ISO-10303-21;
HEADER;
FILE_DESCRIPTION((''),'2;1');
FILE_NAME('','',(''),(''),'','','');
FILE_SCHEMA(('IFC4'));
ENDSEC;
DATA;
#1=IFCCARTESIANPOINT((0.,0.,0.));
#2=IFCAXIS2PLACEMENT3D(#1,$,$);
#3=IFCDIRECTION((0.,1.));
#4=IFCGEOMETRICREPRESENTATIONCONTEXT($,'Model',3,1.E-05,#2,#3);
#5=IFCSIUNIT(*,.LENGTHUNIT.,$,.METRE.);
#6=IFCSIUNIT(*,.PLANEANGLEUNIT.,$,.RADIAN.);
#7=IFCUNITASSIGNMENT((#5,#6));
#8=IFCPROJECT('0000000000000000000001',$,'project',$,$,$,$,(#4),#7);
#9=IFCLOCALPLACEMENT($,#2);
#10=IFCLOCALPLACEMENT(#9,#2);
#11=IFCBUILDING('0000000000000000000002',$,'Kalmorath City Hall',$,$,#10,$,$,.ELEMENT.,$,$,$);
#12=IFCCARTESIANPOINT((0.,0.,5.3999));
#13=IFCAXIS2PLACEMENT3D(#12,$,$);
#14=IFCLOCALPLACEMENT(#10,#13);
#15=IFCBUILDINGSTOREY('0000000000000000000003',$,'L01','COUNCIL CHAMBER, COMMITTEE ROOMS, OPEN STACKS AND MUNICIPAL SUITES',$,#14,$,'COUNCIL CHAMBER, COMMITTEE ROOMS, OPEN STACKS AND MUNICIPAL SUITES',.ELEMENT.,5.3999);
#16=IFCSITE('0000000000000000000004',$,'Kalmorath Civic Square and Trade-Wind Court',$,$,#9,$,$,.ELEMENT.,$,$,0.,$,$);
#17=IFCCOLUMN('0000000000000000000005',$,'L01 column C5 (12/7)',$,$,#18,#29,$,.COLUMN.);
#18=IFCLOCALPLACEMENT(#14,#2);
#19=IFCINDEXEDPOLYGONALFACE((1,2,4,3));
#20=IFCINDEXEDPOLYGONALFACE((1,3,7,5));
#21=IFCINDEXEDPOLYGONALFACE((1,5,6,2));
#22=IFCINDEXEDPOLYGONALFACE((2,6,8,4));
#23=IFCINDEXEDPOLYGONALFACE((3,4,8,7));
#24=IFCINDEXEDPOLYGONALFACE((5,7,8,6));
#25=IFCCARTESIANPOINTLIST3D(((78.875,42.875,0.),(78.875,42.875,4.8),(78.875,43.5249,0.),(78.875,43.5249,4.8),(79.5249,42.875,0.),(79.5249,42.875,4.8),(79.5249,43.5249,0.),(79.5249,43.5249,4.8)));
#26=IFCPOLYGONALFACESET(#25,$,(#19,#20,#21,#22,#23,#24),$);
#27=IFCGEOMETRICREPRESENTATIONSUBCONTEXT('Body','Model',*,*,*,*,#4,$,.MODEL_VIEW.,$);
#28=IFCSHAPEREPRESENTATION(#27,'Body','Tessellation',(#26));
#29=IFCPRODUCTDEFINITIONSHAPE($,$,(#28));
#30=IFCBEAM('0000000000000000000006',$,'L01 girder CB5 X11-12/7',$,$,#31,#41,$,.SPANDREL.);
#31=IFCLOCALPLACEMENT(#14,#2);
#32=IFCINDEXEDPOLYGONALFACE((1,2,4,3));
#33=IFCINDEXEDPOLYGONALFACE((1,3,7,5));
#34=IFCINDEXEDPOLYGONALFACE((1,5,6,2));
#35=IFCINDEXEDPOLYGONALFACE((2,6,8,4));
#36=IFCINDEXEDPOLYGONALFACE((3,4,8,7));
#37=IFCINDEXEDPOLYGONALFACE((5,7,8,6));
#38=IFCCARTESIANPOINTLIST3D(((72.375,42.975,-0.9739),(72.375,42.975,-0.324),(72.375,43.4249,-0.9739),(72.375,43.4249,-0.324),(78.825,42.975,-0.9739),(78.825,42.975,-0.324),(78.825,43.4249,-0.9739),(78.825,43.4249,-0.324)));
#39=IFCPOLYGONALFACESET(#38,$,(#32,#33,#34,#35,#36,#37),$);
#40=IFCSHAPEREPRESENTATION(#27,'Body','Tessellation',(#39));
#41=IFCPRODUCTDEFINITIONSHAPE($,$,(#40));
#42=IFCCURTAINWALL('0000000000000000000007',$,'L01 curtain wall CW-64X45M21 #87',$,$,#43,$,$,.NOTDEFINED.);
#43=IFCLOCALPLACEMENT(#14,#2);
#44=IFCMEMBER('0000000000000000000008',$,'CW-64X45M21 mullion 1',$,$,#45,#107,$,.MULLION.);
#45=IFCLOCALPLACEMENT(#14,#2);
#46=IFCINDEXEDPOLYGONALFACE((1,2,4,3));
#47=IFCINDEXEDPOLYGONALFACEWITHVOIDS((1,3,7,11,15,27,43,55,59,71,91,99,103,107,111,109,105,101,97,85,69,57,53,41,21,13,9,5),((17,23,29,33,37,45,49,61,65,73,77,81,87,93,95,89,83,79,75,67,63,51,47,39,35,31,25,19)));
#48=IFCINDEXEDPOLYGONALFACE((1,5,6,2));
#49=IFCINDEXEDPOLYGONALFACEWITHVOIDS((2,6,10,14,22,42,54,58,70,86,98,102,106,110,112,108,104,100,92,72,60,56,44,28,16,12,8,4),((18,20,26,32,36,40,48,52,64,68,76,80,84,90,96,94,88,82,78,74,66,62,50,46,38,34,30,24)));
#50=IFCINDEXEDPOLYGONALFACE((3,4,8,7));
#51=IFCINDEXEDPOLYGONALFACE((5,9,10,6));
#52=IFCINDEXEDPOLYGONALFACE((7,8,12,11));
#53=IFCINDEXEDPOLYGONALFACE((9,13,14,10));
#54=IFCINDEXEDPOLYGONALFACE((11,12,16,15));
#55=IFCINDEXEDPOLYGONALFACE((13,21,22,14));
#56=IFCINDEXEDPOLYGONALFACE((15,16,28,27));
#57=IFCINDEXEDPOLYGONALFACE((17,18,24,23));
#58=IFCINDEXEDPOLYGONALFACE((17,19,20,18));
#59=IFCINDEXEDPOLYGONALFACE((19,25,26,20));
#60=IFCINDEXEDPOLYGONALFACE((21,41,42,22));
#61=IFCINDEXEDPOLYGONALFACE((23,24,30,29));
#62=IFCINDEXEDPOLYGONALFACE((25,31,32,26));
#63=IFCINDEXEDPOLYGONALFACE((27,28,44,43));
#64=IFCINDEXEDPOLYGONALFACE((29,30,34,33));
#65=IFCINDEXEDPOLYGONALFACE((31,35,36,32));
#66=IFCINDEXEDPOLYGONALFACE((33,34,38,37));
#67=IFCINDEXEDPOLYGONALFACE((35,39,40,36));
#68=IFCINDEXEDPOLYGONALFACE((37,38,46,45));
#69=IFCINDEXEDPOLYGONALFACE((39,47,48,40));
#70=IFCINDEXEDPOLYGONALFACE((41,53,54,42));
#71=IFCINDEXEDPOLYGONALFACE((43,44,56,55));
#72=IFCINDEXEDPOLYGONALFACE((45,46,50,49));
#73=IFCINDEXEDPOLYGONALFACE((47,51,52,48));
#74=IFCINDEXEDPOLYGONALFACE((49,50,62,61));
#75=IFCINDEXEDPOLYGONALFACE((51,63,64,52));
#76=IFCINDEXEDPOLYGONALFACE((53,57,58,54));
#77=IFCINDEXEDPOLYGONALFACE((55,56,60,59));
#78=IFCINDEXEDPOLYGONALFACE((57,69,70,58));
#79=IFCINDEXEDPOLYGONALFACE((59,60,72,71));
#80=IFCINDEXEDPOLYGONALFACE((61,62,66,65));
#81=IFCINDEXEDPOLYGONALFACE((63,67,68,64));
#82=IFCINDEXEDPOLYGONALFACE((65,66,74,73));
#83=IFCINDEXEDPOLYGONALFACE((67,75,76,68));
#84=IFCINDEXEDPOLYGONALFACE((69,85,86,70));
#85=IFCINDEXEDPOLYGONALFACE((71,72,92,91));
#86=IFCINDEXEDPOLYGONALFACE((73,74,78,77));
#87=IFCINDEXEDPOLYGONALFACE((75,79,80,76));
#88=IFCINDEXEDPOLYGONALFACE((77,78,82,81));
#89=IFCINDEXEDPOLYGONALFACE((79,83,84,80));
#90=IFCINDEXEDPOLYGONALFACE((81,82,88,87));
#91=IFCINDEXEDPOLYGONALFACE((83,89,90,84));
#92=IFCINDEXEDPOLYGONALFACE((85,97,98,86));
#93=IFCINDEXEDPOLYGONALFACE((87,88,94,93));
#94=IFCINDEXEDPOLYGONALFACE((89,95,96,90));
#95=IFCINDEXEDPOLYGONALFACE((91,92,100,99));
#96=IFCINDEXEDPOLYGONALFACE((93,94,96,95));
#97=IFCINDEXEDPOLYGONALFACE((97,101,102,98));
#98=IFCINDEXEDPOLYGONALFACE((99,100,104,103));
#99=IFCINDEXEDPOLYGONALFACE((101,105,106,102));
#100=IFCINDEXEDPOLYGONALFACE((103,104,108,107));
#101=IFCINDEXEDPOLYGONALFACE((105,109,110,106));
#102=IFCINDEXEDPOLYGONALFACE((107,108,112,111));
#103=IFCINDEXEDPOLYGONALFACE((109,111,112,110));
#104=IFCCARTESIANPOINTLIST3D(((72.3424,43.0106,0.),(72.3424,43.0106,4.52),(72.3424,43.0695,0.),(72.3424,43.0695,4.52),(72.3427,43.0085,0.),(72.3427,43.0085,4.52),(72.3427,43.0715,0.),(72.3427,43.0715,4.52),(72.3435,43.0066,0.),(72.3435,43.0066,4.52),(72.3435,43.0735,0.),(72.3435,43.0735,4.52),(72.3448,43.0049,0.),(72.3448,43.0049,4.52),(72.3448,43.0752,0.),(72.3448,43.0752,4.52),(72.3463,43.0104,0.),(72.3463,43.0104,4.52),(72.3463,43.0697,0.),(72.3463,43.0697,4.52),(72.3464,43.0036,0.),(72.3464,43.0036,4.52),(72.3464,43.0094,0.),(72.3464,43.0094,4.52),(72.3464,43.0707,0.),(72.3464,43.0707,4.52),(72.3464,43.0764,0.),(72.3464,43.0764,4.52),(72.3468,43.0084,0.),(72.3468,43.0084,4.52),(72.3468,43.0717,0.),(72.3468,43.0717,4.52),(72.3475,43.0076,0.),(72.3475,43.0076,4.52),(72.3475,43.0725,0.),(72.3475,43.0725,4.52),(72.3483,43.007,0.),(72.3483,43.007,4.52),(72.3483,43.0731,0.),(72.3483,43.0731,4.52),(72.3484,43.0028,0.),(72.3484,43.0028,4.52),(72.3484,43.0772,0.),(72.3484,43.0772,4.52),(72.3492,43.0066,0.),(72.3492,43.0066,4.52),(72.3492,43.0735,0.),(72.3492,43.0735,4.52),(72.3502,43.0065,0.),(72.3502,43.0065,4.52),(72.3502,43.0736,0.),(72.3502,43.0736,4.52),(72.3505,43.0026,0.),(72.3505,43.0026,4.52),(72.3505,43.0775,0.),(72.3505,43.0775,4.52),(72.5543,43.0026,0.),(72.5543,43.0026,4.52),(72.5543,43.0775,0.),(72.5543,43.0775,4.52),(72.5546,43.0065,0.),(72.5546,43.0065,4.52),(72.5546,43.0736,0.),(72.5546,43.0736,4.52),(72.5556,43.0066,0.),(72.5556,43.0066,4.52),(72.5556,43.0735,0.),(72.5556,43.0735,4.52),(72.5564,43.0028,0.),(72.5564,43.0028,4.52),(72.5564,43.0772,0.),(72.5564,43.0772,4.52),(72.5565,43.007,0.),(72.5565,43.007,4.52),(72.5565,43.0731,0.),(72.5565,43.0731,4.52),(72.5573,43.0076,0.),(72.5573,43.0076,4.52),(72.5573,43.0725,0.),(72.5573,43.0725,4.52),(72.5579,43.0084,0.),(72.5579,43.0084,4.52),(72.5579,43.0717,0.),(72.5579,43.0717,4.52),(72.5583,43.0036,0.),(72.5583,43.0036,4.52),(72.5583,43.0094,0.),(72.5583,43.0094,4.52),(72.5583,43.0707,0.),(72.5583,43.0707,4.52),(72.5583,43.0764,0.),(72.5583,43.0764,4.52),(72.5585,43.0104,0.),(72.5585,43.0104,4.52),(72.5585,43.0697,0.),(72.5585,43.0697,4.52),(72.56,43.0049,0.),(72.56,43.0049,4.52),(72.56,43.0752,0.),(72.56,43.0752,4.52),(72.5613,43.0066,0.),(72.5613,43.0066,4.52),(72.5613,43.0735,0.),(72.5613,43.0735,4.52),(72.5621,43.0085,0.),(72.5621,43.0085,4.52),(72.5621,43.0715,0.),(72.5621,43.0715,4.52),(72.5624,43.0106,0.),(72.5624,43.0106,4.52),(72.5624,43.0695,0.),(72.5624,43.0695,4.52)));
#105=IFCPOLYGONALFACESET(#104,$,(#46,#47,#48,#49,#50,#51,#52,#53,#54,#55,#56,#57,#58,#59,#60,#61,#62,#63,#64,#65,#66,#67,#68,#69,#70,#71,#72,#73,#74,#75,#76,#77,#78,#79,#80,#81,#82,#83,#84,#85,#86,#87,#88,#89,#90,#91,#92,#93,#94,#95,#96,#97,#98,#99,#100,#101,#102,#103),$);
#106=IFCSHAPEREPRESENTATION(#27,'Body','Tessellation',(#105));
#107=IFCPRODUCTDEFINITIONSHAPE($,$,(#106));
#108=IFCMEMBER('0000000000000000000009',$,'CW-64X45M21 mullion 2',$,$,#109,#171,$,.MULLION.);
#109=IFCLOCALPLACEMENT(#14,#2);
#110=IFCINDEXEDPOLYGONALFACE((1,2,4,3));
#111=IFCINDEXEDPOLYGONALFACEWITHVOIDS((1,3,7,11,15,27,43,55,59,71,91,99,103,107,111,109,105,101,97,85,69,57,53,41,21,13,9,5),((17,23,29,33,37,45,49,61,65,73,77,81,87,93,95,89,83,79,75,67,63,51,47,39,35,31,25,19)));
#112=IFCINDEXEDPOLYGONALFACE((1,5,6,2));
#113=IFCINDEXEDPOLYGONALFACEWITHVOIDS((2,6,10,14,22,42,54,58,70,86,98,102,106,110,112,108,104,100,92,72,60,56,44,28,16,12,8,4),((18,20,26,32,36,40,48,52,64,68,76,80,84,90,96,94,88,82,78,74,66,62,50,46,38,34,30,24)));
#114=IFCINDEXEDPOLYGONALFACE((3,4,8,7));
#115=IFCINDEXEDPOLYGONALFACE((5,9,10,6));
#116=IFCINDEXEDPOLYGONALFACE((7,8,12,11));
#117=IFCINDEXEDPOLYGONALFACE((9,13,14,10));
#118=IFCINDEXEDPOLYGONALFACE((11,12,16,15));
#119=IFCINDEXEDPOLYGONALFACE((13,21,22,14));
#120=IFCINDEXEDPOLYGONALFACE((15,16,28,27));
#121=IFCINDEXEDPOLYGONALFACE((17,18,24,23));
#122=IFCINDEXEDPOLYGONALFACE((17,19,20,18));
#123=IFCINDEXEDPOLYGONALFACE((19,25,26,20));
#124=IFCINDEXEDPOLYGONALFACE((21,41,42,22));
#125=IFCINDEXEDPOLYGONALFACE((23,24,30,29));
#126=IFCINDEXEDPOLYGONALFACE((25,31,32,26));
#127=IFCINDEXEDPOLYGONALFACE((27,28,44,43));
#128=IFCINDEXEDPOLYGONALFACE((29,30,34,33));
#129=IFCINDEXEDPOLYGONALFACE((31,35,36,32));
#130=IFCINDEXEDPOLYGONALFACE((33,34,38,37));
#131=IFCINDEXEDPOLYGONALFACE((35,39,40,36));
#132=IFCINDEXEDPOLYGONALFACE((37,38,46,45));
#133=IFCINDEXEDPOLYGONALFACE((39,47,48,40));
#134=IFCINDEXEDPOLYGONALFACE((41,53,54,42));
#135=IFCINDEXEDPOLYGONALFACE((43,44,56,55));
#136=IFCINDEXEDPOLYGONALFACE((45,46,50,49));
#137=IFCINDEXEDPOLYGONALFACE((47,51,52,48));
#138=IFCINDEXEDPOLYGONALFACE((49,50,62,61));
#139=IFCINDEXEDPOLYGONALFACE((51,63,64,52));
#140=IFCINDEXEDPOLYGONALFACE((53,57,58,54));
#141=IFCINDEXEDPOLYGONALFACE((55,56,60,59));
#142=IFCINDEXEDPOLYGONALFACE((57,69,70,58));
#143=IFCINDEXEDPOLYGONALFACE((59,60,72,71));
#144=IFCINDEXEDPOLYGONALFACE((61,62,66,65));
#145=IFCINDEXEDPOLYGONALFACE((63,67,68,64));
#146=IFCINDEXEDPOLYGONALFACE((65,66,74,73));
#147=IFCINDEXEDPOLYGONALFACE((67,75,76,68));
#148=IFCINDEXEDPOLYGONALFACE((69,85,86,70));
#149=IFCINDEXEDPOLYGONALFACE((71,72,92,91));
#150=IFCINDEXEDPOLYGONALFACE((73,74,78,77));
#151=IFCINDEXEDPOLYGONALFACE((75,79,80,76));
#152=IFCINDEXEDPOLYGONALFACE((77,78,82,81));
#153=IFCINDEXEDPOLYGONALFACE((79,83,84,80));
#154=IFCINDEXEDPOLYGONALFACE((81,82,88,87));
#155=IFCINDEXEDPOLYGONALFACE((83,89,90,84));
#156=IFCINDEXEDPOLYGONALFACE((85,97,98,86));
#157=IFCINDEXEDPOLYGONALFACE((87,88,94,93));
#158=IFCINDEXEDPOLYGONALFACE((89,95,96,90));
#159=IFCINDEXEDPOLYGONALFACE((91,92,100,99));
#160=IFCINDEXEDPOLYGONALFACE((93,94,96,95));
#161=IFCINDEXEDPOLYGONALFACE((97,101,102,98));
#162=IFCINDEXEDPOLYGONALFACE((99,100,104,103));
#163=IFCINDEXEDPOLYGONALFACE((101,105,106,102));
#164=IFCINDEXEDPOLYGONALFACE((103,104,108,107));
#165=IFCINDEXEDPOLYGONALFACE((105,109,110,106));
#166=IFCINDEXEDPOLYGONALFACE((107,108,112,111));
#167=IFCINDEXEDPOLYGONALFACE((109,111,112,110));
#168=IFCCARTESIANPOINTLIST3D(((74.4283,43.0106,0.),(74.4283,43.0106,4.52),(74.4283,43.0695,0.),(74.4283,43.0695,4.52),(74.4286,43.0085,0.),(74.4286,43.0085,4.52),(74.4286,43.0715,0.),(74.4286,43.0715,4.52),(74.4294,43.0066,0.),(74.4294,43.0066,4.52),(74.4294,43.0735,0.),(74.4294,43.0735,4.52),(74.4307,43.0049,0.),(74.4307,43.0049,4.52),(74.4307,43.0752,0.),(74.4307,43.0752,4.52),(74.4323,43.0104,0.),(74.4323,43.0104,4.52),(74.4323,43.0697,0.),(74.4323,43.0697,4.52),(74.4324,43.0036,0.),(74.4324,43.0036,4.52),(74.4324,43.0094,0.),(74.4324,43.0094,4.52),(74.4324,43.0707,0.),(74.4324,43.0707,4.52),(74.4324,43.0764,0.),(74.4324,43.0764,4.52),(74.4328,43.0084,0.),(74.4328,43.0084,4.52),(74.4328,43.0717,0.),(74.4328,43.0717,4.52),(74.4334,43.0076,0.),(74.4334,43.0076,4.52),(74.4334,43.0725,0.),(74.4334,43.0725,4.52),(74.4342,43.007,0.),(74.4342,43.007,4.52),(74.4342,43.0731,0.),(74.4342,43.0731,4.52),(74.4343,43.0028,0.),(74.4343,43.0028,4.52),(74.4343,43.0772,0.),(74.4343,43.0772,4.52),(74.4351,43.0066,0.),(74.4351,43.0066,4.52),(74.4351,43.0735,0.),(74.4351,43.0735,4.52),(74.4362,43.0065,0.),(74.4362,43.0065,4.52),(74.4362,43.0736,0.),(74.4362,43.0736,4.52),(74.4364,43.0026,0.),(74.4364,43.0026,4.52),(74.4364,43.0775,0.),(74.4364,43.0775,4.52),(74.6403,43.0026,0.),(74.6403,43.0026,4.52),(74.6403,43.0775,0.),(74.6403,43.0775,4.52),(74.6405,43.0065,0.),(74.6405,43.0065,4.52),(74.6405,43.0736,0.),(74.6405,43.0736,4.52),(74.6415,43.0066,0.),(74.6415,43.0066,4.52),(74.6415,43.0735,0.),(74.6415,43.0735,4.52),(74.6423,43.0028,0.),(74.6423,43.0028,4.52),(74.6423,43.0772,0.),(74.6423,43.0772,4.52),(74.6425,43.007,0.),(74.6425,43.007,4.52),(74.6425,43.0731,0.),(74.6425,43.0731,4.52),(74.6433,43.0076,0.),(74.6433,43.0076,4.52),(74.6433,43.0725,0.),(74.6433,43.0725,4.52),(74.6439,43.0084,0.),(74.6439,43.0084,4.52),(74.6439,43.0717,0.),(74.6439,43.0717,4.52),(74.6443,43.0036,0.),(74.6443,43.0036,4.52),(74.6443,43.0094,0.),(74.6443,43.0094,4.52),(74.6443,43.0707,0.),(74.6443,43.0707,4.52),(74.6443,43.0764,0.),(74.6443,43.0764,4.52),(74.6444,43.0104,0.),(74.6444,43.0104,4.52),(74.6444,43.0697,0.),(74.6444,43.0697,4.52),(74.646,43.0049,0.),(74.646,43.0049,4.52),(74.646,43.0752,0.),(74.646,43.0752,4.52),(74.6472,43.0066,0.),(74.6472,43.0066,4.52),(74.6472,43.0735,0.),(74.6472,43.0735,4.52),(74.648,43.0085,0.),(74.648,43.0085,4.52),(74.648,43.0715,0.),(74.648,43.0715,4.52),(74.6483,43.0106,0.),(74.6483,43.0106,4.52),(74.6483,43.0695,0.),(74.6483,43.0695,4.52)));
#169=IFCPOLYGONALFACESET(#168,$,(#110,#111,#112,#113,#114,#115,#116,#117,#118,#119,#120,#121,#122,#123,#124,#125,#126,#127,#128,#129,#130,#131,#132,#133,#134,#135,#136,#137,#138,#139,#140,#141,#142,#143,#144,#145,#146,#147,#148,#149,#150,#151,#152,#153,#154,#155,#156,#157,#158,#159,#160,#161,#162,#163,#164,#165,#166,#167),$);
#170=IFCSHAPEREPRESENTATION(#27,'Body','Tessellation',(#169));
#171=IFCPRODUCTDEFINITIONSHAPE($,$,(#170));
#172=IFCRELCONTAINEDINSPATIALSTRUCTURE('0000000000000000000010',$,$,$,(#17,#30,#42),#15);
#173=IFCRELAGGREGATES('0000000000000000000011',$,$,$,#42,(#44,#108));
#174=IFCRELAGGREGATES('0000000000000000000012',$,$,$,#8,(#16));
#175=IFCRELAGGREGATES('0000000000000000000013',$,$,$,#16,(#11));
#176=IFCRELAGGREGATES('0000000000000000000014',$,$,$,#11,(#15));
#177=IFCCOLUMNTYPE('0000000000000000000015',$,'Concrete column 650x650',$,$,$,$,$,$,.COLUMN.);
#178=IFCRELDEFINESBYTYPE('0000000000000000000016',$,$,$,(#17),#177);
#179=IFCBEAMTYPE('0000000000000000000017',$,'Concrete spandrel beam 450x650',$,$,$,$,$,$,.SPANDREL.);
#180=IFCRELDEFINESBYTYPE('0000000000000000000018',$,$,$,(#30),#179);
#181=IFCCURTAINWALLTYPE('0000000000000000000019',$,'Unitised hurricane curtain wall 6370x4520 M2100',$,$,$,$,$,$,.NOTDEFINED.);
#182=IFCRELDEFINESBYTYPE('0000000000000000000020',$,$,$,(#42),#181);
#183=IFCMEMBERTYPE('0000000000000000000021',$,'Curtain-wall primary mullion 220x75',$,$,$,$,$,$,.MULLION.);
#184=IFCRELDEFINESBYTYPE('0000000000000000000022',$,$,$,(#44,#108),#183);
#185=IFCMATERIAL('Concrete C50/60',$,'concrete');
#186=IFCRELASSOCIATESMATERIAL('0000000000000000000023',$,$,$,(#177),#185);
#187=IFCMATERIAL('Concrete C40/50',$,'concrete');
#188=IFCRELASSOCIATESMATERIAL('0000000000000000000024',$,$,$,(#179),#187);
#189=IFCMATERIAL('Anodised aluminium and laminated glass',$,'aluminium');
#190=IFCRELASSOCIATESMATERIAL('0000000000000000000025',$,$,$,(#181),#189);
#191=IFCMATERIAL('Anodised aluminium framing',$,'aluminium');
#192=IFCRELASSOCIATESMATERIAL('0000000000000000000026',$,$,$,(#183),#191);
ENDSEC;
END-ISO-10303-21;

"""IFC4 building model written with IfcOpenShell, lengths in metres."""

from ifc_helpers import new_model, si_unit, direction, frame, origin, origin_2d, place, context, subcontext, project, spatial, rectangle, hollow_rectangle, extrude, material, material_profile, profile_set, type_object, element, aggregate, save


model = new_model("IFC4")

# Units and contexts
model_context = context("Model", 3, precision=1e-05, world=origin(), true_north=direction((0.0, 1.0)))
body_context = subcontext(model_context, "Body", "Model", "MODEL_VIEW")
ifc_project = project(units=[si_unit("LENGTHUNIT", "METRE"), si_unit("PLANEANGLEUNIT", "RADIAN")], contexts=[model_context])

# Site, building, storey
site_placement = place(None, origin())
site = spatial("IfcSite", under=ifc_project, at=site_placement, Name="Kalmorath Civic Square and Trade-Wind Court", CompositionType="ELEMENT", RefElevation=0.0)
building_placement = place(site_placement, origin())
building = spatial("IfcBuilding", under=site, at=building_placement, Name="Kalmorath City Hall", CompositionType="ELEMENT")
storey_placement = place(building_placement, frame((0.0, 0.0, 5.3999)))
storey = spatial("IfcBuildingStorey", under=building, at=storey_placement, Name="L01", Description="COUNCIL CHAMBER, COMMITTEE ROOMS, OPEN STACKS AND MUNICIPAL SUITES", LongName="COUNCIL CHAMBER, COMMITTEE ROOMS, OPEN STACKS AND MUNICIPAL SUITES", CompositionType="ELEMENT", Elevation=5.3999)

# Column
ifc_material_1 = material(Name="Concrete C50/60", Category="concrete")
ifc_material_profile_1 = material_profile(ifc_material_1, rectangle(XDim=0.6499, YDim=0.6499, at=origin_2d()), Name="RC-COL-650X650")
ifc_profile_set_1 = profile_set([ifc_material_profile_1], Name="Concrete C50/60")
column_type = type_object("IfcColumnType", Name="Concrete column 650x650", PredefinedType="COLUMN", material=ifc_profile_set_1)
column_placement = place(storey_placement, frame((79.2, 43.2, 0.0), z_axis=(0.0, 0.0, 1.0), x_axis=(1.0, 0.0, 0.0)))
element("IfcColumn", 1, at=column_placement, inside=storey, type_object=column_type, Name="L01 column C5 (12/7)", PredefinedType="COLUMN", context=body_context, shape_type="SweptSolid", body=[
    extrude(rectangle(XDim=0.6499, YDim=0.6499, at=origin_2d()), origin(), (0.0, 0.0, 1.0), 4.8),
])

# Beam
ifc_material_2 = material(Name="Concrete C40/50", Category="concrete")
ifc_material_profile_2 = material_profile(ifc_material_2, rectangle(XDim=0.45, YDim=0.6499, at=origin_2d()), Name="RC-BM-450X650")
ifc_profile_set_2 = profile_set([ifc_material_profile_2], Name="Concrete C40/50")
beam_type = type_object("IfcBeamType", Name="Concrete spandrel beam 450x650", PredefinedType="SPANDREL", material=ifc_profile_set_2)
beam_placement = place(storey_placement, frame((72.375, 43.2, -0.6489), z_axis=(1.0, 0.0, 0.0), x_axis=(0.0, 1.0, 0.0)))
element("IfcBeam", 2, at=beam_placement, inside=storey, type_object=beam_type, Name="L01 girder CB5 X11-12/7", PredefinedType="SPANDREL", context=body_context, shape_type="SweptSolid", body=[
    extrude(rectangle(XDim=0.45, YDim=0.6499, at=origin_2d()), origin(), (0.0, 0.0, 1.0), 6.45),
])

# Curtain wall, members
ifc_material_3 = material(Name="Anodised aluminium and laminated glass", Category="aluminium")
curtain_wall_type = type_object("IfcCurtainWallType", Name="Unitised hurricane curtain wall 6370x4520 M2100", PredefinedType="NOTDEFINED", material=ifc_material_3)
curtain_wall_placement = place(storey_placement, origin())
curtain_wall = element("IfcCurtainWall", 3, at=curtain_wall_placement, inside=storey, type_object=curtain_wall_type, Name="L01 curtain wall CW-64X45M21 #87", PredefinedType="NOTDEFINED")
ifc_material_4 = material(Name="Anodised aluminium framing", Category="aluminium")
ifc_material_profile_3 = material_profile(ifc_material_4, hollow_rectangle(XDim=0.075, YDim=0.22, WallThickness=0.0039, InnerFilletRadius=0.0039, OuterFilletRadius=0.0081, at=origin_2d()), Name="ALU-MUL-220X75X4")
ifc_profile_set_3 = profile_set([ifc_material_profile_3], Name="Anodised aluminium framing")
member_type_1 = type_object("IfcMemberType", Name="Curtain-wall primary mullion 220x75", PredefinedType="MULLION", material=ifc_profile_set_3)
member_1_placement = place(storey_placement, frame((72.4524, 43.04, 0.0), z_axis=(0.0, 0.0, 1.0), x_axis=(0.0, 1.0, 0.0)))
member_1 = element("IfcMember", 4, at=member_1_placement, type_object=member_type_1, Name="CW-64X45M21 mullion 1", PredefinedType="MULLION", context=body_context, shape_type="SweptSolid", body=[
    extrude(hollow_rectangle(XDim=0.075, YDim=0.22, WallThickness=0.0039, InnerFilletRadius=0.0039, OuterFilletRadius=0.0081, at=origin_2d()), origin(), (0.0, 0.0, 1.0), 4.52),
])
member_2_placement = place(storey_placement, frame((74.5383, 43.04, 0.0), z_axis=(0.0, 0.0, 1.0), x_axis=(0.0, 1.0, 0.0)))
member_2 = element("IfcMember", 5, at=member_2_placement, type_object=member_type_1, Name="CW-64X45M21 mullion 2", PredefinedType="MULLION", context=body_context, shape_type="SweptSolid", body=[
    extrude(hollow_rectangle(XDim=0.075, YDim=0.22, WallThickness=0.0039, InnerFilletRadius=0.0039, OuterFilletRadius=0.0081, at=origin_2d()), origin(), (0.0, 0.0, 1.0), 4.52),
])
aggregate(curtain_wall, [member_1, member_2])

save(model, "model.ifc")
